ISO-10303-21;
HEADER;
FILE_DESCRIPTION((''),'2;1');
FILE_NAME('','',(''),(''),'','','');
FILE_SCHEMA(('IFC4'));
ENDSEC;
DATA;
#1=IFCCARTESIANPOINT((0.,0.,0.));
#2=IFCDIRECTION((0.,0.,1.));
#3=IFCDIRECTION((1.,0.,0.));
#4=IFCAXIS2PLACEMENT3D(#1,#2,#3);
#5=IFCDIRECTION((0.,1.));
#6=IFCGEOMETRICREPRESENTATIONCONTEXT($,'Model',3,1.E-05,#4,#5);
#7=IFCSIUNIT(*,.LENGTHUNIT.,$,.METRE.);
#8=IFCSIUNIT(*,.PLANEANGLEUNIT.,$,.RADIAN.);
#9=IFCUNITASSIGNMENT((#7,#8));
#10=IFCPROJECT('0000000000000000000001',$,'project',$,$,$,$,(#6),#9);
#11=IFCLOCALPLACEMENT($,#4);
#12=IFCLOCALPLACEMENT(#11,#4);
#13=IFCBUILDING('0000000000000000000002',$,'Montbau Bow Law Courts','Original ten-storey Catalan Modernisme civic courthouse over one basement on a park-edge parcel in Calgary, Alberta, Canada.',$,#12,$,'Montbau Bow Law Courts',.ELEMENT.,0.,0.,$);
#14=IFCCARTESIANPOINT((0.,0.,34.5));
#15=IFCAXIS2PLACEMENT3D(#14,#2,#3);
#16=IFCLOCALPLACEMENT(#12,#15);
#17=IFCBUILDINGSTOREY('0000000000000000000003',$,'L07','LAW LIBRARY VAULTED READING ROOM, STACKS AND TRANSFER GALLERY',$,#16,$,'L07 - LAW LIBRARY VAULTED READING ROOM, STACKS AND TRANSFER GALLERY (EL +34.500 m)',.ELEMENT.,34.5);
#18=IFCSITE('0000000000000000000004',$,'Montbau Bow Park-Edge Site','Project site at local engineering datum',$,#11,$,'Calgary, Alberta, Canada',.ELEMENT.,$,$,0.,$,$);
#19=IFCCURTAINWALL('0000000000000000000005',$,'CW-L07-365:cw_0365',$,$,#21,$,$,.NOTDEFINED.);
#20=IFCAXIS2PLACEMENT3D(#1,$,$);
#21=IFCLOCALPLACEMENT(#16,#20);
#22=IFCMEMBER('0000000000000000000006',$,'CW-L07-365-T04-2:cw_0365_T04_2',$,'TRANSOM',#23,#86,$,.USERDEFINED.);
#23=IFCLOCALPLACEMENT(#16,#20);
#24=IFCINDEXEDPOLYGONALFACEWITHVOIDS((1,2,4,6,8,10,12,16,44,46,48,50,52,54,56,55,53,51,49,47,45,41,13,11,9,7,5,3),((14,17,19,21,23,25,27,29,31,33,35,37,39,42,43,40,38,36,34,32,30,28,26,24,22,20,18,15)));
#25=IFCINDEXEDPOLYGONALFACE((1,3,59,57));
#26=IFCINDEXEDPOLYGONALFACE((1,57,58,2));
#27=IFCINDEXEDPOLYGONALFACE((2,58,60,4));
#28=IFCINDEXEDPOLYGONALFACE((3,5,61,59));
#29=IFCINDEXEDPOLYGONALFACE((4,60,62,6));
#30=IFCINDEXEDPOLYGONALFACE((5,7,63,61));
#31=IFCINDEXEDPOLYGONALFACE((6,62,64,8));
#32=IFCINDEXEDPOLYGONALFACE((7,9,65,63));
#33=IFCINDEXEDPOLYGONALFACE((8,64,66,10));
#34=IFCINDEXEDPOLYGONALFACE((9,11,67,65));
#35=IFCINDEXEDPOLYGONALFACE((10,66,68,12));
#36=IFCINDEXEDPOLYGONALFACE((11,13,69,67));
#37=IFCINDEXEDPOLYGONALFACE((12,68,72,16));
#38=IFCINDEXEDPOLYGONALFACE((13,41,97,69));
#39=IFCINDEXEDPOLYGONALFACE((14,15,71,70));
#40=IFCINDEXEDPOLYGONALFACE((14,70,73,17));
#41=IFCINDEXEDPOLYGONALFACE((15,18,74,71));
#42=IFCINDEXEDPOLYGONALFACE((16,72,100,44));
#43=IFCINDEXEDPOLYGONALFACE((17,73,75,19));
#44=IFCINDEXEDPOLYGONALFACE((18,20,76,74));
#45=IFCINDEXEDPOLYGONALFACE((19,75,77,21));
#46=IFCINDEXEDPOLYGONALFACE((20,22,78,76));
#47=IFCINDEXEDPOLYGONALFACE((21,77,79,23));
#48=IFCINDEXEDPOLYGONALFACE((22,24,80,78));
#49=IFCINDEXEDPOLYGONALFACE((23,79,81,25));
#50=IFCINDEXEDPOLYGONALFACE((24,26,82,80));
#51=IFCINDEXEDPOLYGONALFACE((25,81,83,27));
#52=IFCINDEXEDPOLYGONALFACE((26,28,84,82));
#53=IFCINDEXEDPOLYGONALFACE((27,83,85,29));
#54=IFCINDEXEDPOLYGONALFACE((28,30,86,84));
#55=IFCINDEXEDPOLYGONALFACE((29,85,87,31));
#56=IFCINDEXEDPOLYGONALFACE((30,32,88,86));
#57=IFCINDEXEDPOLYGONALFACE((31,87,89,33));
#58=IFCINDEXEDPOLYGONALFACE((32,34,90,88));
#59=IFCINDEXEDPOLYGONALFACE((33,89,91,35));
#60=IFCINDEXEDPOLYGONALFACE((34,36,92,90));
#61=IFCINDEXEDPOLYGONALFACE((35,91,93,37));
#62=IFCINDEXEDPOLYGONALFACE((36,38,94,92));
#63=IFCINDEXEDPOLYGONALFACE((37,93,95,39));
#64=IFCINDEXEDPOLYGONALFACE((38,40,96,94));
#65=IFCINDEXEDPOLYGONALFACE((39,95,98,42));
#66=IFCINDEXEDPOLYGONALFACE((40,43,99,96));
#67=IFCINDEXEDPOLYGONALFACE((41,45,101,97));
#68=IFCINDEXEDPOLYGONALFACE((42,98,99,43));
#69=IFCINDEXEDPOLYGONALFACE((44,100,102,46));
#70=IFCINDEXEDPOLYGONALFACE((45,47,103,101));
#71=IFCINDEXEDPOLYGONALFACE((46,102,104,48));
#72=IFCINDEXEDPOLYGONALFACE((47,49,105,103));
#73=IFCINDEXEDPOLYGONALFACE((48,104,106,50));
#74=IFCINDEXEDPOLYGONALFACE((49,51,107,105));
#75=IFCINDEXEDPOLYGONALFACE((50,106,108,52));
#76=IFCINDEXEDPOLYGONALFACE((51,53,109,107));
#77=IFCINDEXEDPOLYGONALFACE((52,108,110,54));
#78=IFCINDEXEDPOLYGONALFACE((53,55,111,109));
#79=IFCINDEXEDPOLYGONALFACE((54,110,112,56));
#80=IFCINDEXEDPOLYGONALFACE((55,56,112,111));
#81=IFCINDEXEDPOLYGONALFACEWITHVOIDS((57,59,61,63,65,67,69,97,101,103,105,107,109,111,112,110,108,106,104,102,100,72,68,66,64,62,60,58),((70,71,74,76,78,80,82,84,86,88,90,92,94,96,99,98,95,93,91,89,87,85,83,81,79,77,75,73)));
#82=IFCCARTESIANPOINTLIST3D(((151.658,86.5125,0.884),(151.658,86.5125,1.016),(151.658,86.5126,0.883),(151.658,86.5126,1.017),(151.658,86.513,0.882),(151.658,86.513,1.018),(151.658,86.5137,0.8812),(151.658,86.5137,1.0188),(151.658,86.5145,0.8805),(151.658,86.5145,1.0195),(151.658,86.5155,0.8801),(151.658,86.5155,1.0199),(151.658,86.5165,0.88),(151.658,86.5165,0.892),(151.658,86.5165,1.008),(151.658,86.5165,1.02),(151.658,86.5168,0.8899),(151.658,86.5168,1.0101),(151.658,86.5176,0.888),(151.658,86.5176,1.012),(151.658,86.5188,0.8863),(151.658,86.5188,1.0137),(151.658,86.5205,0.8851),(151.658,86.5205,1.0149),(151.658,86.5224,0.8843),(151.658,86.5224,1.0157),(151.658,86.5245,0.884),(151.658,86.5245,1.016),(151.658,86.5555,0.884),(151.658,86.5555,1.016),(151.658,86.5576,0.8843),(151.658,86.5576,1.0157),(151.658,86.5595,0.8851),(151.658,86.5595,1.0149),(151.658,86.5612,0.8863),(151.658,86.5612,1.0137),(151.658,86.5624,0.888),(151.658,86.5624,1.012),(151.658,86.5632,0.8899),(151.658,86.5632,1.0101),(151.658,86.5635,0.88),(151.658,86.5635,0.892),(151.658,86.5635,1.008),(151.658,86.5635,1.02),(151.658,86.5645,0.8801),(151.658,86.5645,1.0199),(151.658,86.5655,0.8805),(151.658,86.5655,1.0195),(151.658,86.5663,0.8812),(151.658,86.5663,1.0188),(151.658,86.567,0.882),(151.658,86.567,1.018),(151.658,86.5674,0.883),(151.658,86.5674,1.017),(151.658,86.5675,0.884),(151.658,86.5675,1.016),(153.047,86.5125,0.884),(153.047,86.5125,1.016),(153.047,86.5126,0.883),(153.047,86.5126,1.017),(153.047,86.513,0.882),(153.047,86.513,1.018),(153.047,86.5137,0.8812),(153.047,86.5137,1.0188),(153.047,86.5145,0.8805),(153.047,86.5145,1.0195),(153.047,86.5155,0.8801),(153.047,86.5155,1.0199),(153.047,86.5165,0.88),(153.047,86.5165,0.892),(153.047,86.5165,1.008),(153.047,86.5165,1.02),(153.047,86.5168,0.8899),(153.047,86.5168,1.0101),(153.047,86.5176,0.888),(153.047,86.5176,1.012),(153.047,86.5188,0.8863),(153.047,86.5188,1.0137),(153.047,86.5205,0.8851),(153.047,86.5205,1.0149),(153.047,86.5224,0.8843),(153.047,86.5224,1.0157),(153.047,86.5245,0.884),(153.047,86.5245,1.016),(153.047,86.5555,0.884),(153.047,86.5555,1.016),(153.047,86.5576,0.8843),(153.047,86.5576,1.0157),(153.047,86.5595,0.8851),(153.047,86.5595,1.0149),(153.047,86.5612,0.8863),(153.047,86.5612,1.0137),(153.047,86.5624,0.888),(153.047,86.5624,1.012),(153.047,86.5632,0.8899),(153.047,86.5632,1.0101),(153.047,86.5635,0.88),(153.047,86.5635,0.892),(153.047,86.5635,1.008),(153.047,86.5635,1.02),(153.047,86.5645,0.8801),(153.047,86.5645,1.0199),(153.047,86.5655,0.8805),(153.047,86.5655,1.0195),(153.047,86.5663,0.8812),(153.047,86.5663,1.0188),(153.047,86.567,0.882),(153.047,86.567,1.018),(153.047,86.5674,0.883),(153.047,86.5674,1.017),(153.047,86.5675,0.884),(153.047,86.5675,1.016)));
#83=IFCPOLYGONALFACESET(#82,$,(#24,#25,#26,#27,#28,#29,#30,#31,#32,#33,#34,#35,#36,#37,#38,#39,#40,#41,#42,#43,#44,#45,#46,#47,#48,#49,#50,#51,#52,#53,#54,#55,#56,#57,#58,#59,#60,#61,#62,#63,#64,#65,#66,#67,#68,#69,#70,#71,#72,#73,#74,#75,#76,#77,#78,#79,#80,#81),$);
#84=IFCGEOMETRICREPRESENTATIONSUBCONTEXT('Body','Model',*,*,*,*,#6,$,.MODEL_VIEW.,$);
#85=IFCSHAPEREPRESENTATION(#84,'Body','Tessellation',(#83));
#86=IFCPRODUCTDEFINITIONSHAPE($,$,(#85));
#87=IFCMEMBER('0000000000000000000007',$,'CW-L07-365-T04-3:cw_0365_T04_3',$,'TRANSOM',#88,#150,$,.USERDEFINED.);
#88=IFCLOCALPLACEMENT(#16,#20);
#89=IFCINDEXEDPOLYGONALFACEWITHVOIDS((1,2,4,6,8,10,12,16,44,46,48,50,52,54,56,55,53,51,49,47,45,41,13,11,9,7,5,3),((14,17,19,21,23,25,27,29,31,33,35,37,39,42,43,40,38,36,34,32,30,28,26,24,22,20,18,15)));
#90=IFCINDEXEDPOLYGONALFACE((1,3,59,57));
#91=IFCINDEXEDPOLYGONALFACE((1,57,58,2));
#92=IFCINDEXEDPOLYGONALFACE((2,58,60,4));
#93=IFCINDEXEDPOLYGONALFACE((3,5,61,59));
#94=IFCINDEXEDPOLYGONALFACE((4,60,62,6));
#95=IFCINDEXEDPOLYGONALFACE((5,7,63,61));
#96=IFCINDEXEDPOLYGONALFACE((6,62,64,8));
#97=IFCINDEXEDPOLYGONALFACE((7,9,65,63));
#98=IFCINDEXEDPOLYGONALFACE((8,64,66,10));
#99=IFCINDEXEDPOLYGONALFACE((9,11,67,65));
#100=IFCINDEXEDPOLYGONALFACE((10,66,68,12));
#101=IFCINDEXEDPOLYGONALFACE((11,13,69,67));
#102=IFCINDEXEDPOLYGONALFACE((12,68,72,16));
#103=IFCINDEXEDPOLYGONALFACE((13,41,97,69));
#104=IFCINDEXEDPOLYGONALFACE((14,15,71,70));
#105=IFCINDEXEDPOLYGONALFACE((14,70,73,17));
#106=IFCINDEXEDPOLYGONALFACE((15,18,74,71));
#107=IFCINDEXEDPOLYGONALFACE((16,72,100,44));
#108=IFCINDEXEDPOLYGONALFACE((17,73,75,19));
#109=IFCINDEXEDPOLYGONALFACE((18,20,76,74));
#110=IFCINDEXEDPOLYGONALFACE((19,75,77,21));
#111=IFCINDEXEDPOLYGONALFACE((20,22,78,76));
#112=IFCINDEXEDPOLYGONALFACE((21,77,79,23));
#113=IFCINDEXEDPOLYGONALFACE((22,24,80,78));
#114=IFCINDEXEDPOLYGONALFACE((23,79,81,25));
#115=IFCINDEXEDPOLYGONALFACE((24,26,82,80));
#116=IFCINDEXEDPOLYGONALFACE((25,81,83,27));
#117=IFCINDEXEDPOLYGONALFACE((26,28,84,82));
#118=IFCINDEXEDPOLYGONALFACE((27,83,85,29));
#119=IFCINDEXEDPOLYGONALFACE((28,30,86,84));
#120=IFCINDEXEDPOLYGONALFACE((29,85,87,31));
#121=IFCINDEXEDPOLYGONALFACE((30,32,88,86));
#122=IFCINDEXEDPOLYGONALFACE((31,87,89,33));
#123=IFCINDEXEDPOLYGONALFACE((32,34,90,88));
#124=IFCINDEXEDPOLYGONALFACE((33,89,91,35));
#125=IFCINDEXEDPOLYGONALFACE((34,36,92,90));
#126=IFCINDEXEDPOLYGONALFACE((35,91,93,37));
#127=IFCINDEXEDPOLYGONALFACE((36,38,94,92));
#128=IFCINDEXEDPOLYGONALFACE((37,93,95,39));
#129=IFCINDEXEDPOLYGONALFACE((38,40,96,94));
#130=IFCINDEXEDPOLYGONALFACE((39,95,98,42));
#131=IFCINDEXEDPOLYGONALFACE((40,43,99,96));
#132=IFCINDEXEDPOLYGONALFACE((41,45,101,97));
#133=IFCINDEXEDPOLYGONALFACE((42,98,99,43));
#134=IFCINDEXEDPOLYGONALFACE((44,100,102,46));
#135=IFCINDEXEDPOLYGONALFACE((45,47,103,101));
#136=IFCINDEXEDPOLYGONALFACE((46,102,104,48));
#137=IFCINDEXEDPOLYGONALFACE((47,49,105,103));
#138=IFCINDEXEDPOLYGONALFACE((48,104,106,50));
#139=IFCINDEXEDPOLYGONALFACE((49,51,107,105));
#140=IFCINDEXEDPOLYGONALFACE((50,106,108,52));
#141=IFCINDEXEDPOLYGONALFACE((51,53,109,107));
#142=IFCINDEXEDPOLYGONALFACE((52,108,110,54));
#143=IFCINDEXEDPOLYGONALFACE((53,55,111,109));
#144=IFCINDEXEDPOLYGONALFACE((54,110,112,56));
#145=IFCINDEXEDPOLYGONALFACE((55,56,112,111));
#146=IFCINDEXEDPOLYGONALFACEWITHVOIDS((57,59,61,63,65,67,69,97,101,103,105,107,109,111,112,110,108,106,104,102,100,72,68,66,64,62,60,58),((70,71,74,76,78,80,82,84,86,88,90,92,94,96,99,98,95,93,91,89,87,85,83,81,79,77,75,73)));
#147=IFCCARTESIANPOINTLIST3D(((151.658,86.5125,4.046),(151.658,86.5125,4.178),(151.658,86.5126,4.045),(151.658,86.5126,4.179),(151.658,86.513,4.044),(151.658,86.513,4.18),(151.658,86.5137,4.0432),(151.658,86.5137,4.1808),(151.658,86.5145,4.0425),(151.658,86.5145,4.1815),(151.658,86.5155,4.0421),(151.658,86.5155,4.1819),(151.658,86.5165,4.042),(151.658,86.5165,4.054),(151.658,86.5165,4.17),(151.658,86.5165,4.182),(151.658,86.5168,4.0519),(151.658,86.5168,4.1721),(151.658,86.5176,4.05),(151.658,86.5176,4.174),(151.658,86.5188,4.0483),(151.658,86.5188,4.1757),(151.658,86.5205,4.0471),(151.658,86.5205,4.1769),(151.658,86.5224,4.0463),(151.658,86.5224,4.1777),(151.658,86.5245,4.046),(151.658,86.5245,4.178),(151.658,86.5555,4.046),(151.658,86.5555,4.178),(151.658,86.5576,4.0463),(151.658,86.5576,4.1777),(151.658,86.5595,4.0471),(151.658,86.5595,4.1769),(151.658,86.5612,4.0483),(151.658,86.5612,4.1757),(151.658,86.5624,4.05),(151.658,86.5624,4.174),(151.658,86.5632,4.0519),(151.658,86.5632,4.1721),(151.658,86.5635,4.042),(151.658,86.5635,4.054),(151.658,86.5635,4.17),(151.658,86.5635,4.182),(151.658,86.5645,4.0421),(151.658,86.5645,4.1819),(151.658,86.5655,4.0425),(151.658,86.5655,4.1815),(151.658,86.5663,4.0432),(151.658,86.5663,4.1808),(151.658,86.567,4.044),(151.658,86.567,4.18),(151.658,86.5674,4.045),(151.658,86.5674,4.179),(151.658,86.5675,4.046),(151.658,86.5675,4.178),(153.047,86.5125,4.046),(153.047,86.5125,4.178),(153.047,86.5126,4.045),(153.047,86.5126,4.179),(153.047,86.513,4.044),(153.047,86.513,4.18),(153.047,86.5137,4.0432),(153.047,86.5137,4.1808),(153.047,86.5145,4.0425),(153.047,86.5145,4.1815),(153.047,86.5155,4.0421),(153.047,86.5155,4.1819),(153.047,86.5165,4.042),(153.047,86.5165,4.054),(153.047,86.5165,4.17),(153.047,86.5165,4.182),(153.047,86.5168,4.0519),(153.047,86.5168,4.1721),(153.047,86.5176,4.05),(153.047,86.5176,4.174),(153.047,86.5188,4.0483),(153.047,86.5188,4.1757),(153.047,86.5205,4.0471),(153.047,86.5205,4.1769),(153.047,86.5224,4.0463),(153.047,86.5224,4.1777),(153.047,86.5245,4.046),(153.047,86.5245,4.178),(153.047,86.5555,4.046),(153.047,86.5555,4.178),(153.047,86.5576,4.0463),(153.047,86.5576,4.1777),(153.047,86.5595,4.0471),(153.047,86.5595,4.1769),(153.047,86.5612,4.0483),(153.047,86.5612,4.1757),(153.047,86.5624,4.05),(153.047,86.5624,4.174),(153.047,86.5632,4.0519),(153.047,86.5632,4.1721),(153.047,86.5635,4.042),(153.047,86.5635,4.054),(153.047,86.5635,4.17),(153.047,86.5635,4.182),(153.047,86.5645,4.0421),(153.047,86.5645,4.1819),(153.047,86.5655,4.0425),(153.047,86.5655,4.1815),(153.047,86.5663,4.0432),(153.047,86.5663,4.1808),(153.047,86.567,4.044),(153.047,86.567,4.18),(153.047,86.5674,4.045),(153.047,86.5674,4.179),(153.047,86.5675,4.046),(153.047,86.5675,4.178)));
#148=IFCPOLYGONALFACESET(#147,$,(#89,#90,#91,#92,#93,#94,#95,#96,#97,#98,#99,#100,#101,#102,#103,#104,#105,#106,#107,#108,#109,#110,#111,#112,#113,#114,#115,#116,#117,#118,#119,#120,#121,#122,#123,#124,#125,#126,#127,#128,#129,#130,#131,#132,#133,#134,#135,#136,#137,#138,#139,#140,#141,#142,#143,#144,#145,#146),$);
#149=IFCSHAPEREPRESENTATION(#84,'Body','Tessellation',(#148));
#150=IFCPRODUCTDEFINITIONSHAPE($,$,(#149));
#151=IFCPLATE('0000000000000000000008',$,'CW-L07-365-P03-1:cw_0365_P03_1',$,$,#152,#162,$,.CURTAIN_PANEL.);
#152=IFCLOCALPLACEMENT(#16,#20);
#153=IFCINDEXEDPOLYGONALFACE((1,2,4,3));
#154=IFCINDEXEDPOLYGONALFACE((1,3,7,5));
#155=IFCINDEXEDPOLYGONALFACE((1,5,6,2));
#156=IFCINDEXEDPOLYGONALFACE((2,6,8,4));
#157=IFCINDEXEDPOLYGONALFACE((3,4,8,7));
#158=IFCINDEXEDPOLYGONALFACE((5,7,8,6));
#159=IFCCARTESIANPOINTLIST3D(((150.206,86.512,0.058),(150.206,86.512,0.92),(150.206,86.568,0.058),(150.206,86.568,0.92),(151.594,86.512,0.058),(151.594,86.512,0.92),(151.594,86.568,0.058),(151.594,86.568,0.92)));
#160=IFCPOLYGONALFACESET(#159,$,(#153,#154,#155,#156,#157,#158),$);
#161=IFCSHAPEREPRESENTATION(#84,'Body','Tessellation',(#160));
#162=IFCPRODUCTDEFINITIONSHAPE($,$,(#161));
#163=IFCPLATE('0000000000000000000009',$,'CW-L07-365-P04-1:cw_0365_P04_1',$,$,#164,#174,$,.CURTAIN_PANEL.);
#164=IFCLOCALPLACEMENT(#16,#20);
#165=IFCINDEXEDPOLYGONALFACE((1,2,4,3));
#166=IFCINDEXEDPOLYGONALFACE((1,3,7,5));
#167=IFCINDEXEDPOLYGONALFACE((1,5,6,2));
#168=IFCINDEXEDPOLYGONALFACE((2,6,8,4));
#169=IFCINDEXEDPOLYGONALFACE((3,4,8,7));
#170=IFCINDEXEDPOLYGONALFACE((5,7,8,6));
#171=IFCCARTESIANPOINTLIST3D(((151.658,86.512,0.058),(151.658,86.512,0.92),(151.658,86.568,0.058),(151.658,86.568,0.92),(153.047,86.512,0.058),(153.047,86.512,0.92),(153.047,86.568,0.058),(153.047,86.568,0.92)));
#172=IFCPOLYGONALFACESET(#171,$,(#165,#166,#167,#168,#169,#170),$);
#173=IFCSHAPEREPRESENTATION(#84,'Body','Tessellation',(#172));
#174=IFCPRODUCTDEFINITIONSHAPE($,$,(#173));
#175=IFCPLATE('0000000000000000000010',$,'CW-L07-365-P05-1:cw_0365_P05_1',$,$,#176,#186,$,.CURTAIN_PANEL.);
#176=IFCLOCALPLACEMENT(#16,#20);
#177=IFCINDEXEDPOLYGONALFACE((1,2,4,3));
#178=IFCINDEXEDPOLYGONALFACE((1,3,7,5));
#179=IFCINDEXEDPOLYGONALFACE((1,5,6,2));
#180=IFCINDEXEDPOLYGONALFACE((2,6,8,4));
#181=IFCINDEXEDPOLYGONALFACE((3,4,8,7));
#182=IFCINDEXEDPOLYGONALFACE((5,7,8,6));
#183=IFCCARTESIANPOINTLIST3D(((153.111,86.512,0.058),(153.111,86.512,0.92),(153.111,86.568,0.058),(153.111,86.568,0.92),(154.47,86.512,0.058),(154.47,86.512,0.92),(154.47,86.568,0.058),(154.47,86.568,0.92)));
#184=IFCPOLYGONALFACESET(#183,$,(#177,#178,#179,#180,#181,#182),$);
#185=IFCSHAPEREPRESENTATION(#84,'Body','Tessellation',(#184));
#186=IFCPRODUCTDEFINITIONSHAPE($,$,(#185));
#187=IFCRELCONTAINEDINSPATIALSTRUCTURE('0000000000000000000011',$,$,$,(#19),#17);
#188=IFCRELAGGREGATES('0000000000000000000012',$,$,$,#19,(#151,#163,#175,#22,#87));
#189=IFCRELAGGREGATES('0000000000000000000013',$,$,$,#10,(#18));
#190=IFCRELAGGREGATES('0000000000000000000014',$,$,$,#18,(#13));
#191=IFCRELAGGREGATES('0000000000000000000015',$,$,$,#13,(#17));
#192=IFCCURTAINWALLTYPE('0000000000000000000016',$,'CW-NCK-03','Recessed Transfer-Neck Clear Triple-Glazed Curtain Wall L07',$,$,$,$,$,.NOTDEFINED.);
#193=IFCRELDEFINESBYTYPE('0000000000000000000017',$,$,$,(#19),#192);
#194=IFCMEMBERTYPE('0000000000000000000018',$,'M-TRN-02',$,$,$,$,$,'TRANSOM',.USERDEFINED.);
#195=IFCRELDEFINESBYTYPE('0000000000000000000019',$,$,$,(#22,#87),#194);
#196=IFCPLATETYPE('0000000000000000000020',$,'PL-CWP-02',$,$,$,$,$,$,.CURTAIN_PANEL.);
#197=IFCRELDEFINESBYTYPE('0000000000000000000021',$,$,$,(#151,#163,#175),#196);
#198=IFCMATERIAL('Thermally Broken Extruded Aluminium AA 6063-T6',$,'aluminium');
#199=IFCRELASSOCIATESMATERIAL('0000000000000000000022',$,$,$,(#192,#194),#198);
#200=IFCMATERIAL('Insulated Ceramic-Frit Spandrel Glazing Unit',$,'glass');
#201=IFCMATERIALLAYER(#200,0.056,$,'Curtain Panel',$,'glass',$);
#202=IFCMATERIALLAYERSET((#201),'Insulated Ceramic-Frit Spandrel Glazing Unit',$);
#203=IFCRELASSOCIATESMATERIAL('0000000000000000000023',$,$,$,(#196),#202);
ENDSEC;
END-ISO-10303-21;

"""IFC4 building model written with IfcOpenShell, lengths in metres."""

from ifc_helpers import new_model, si_unit, direction, frame, frame_2d, origin_with_axes, origin_2d_with_axis, place, context, subcontext, project, spatial, rectangle, hollow_rectangle, extrude, material, layer, layer_set, material_profile, profile_set, type_object, element, aggregate, save


model = new_model("IFC4")

# Units and contexts
model_context = context("Model", 3, precision=1e-05, world=origin_with_axes(), true_north=direction((0.0, 1.0)))
body_context = subcontext(model_context, "Body", "Model", "MODEL_VIEW")
ifc_project = project(units=[si_unit("LENGTHUNIT", "METRE"), si_unit("PLANEANGLEUNIT", "RADIAN")], contexts=[model_context])

# Site, building, storey
site_placement = place(None, origin_with_axes())
site = spatial("IfcSite", under=ifc_project, at=site_placement, Name="Montbau Bow Park-Edge Site", Description="Project site at local engineering datum", LongName="Calgary, Alberta, Canada", CompositionType="ELEMENT", RefElevation=0.0)
building_placement = place(site_placement, origin_with_axes())
building = spatial("IfcBuilding", under=site, at=building_placement, Name="Montbau Bow Law Courts", Description="Original ten-storey Catalan Modernisme civic courthouse over one basement on a park-edge parcel in Calgary, Alberta, Canada.", LongName="Montbau Bow Law Courts", CompositionType="ELEMENT", ElevationOfRefHeight=0.0, ElevationOfTerrain=0.0)
storey_placement = place(building_placement, frame((0.0, 0.0, 34.5), z_axis=(0.0, 0.0, 1.0), x_axis=(1.0, 0.0, 0.0)))
storey = spatial("IfcBuildingStorey", under=building, at=storey_placement, Name="L07", Description="LAW LIBRARY VAULTED READING ROOM, STACKS AND TRANSFER GALLERY", LongName="L07 - LAW LIBRARY VAULTED READING ROOM, STACKS AND TRANSFER GALLERY (EL +34.500 m)", CompositionType="ELEMENT", Elevation=34.5)

# Curtain wall, members, plates
ifc_material_1 = material(Name="Thermally Broken Extruded Aluminium AA 6063-T6", Category="aluminium")
curtain_wall_type = type_object("IfcCurtainWallType", Name="CW-NCK-03", Description="Recessed Transfer-Neck Clear Triple-Glazed Curtain Wall L07", PredefinedType="NOTDEFINED", material=ifc_material_1)
curtain_wall_placement = place(None, frame((147.268, 86.54, 34.5), z_axis=(0.0, 0.0, 1.0), x_axis=(1.0, 0.0, 0.0)))
curtain_wall = element("IfcCurtainWall", 1, at=curtain_wall_placement, inside=storey, type_object=curtain_wall_type, Name="CW-L07-365:cw_0365", PredefinedType="NOTDEFINED")
ifc_material_profile_1 = material_profile(ifc_material_1, hollow_rectangle(XDim=0.055, YDim=0.14, WallThickness=0.004, InnerFilletRadius=0.008, OuterFilletRadius=0.004, at=origin_2d_with_axis()), Name="CWT-140X55", Category="Main", Priority=0)
ifc_profile_set_1 = profile_set([ifc_material_profile_1], Name="Thermally Broken Extruded Aluminium AA 6063-T6")
member_type_1 = type_object("IfcMemberType", Name="M-TRN-02", ElementType="TRANSOM", PredefinedType="USERDEFINED", material=ifc_profile_set_1)
member_1_placement = place(None, frame((151.658, 86.54, 35.45), z_axis=(1.0, 0.0, 0.0), x_axis=(0.0, 1.0, 0.0)))
member_1 = element("IfcMember", 2, at=member_1_placement, type_object=member_type_1, Name="CW-L07-365-T04-2:cw_0365_T04_2", ObjectType="TRANSOM", PredefinedType="USERDEFINED", context=body_context, shape_type="SweptSolid", body=[
    extrude(hollow_rectangle(XDim=0.055, YDim=0.14, WallThickness=0.004, InnerFilletRadius=0.008, OuterFilletRadius=0.004, at=origin_2d_with_axis()), origin_with_axes(), (0.0, 0.0, 1.0), 1.389),
])
member_2_placement = place(None, frame((151.658, 86.54, 38.612), z_axis=(1.0, 0.0, 0.0), x_axis=(0.0, 1.0, 0.0)))
member_2 = element("IfcMember", 3, at=member_2_placement, type_object=member_type_1, Name="CW-L07-365-T04-3:cw_0365_T04_3", ObjectType="TRANSOM", PredefinedType="USERDEFINED", context=body_context, shape_type="SweptSolid", body=[
    extrude(hollow_rectangle(XDim=0.055, YDim=0.14, WallThickness=0.004, InnerFilletRadius=0.008, OuterFilletRadius=0.004, at=origin_2d_with_axis()), origin_with_axes(), (0.0, 0.0, 1.0), 1.389),
])
ifc_material_2 = material(Name="Insulated Ceramic-Frit Spandrel Glazing Unit", Category="glass")
ifc_layer_1 = layer(ifc_material_2, 0.056, Name="Curtain Panel", Category="glass")
ifc_layer_set_1 = layer_set([ifc_layer_1], Name="Insulated Ceramic-Frit Spandrel Glazing Unit")
plate_type_1 = type_object("IfcPlateType", Name="PL-CWP-02", PredefinedType="CURTAIN_PANEL", material=ifc_layer_set_1)
plate_1_placement = place(None, frame((150.206, 86.54, 34.558), z_axis=(0.0, -1.0, 0.0), x_axis=(1.0, 0.0, 0.0)))
plate_1 = element("IfcPlate", 4, at=plate_1_placement, type_object=plate_type_1, Name="CW-L07-365-P03-1:cw_0365_P03_1", PredefinedType="CURTAIN_PANEL", context=body_context, shape_type="SweptSolid", body=[
    extrude(rectangle(XDim=1.388, YDim=0.862, at=frame_2d((0.694, 0.431), x_axis=(1.0, 0.0))), frame((0.0, 0.0, -0.028), z_axis=(0.0, 0.0, 1.0), x_axis=(1.0, 0.0, 0.0)), (0.0, 0.0, 1.0), 0.056),
])
plate_2_placement = place(None, frame((151.658, 86.54, 34.558), z_axis=(0.0, -1.0, 0.0), x_axis=(1.0, 0.0, 0.0)))
plate_2 = element("IfcPlate", 5, at=plate_2_placement, type_object=plate_type_1, Name="CW-L07-365-P04-1:cw_0365_P04_1", PredefinedType="CURTAIN_PANEL", context=body_context, shape_type="SweptSolid", body=[
    extrude(rectangle(XDim=1.389, YDim=0.862, at=frame_2d((0.6945, 0.431), x_axis=(1.0, 0.0))), frame((0.0, 0.0, -0.028), z_axis=(0.0, 0.0, 1.0), x_axis=(1.0, 0.0, 0.0)), (0.0, 0.0, 1.0), 0.056),
])
plate_3_placement = place(None, frame((153.111, 86.54, 34.558), z_axis=(0.0, -1.0, 0.0), x_axis=(1.0, 0.0, 0.0)))
plate_3 = element("IfcPlate", 6, at=plate_3_placement, type_object=plate_type_1, Name="CW-L07-365-P05-1:cw_0365_P05_1", PredefinedType="CURTAIN_PANEL", context=body_context, shape_type="SweptSolid", body=[
    extrude(rectangle(XDim=1.359, YDim=0.862, at=frame_2d((0.6795, 0.431), x_axis=(1.0, 0.0))), frame((0.0, 0.0, -0.028), z_axis=(0.0, 0.0, 1.0), x_axis=(1.0, 0.0, 0.0)), (0.0, 0.0, 1.0), 0.056),
])
aggregate(curtain_wall, [plate_1, plate_2, plate_3, member_1, member_2])

save(model, "model.ifc")
